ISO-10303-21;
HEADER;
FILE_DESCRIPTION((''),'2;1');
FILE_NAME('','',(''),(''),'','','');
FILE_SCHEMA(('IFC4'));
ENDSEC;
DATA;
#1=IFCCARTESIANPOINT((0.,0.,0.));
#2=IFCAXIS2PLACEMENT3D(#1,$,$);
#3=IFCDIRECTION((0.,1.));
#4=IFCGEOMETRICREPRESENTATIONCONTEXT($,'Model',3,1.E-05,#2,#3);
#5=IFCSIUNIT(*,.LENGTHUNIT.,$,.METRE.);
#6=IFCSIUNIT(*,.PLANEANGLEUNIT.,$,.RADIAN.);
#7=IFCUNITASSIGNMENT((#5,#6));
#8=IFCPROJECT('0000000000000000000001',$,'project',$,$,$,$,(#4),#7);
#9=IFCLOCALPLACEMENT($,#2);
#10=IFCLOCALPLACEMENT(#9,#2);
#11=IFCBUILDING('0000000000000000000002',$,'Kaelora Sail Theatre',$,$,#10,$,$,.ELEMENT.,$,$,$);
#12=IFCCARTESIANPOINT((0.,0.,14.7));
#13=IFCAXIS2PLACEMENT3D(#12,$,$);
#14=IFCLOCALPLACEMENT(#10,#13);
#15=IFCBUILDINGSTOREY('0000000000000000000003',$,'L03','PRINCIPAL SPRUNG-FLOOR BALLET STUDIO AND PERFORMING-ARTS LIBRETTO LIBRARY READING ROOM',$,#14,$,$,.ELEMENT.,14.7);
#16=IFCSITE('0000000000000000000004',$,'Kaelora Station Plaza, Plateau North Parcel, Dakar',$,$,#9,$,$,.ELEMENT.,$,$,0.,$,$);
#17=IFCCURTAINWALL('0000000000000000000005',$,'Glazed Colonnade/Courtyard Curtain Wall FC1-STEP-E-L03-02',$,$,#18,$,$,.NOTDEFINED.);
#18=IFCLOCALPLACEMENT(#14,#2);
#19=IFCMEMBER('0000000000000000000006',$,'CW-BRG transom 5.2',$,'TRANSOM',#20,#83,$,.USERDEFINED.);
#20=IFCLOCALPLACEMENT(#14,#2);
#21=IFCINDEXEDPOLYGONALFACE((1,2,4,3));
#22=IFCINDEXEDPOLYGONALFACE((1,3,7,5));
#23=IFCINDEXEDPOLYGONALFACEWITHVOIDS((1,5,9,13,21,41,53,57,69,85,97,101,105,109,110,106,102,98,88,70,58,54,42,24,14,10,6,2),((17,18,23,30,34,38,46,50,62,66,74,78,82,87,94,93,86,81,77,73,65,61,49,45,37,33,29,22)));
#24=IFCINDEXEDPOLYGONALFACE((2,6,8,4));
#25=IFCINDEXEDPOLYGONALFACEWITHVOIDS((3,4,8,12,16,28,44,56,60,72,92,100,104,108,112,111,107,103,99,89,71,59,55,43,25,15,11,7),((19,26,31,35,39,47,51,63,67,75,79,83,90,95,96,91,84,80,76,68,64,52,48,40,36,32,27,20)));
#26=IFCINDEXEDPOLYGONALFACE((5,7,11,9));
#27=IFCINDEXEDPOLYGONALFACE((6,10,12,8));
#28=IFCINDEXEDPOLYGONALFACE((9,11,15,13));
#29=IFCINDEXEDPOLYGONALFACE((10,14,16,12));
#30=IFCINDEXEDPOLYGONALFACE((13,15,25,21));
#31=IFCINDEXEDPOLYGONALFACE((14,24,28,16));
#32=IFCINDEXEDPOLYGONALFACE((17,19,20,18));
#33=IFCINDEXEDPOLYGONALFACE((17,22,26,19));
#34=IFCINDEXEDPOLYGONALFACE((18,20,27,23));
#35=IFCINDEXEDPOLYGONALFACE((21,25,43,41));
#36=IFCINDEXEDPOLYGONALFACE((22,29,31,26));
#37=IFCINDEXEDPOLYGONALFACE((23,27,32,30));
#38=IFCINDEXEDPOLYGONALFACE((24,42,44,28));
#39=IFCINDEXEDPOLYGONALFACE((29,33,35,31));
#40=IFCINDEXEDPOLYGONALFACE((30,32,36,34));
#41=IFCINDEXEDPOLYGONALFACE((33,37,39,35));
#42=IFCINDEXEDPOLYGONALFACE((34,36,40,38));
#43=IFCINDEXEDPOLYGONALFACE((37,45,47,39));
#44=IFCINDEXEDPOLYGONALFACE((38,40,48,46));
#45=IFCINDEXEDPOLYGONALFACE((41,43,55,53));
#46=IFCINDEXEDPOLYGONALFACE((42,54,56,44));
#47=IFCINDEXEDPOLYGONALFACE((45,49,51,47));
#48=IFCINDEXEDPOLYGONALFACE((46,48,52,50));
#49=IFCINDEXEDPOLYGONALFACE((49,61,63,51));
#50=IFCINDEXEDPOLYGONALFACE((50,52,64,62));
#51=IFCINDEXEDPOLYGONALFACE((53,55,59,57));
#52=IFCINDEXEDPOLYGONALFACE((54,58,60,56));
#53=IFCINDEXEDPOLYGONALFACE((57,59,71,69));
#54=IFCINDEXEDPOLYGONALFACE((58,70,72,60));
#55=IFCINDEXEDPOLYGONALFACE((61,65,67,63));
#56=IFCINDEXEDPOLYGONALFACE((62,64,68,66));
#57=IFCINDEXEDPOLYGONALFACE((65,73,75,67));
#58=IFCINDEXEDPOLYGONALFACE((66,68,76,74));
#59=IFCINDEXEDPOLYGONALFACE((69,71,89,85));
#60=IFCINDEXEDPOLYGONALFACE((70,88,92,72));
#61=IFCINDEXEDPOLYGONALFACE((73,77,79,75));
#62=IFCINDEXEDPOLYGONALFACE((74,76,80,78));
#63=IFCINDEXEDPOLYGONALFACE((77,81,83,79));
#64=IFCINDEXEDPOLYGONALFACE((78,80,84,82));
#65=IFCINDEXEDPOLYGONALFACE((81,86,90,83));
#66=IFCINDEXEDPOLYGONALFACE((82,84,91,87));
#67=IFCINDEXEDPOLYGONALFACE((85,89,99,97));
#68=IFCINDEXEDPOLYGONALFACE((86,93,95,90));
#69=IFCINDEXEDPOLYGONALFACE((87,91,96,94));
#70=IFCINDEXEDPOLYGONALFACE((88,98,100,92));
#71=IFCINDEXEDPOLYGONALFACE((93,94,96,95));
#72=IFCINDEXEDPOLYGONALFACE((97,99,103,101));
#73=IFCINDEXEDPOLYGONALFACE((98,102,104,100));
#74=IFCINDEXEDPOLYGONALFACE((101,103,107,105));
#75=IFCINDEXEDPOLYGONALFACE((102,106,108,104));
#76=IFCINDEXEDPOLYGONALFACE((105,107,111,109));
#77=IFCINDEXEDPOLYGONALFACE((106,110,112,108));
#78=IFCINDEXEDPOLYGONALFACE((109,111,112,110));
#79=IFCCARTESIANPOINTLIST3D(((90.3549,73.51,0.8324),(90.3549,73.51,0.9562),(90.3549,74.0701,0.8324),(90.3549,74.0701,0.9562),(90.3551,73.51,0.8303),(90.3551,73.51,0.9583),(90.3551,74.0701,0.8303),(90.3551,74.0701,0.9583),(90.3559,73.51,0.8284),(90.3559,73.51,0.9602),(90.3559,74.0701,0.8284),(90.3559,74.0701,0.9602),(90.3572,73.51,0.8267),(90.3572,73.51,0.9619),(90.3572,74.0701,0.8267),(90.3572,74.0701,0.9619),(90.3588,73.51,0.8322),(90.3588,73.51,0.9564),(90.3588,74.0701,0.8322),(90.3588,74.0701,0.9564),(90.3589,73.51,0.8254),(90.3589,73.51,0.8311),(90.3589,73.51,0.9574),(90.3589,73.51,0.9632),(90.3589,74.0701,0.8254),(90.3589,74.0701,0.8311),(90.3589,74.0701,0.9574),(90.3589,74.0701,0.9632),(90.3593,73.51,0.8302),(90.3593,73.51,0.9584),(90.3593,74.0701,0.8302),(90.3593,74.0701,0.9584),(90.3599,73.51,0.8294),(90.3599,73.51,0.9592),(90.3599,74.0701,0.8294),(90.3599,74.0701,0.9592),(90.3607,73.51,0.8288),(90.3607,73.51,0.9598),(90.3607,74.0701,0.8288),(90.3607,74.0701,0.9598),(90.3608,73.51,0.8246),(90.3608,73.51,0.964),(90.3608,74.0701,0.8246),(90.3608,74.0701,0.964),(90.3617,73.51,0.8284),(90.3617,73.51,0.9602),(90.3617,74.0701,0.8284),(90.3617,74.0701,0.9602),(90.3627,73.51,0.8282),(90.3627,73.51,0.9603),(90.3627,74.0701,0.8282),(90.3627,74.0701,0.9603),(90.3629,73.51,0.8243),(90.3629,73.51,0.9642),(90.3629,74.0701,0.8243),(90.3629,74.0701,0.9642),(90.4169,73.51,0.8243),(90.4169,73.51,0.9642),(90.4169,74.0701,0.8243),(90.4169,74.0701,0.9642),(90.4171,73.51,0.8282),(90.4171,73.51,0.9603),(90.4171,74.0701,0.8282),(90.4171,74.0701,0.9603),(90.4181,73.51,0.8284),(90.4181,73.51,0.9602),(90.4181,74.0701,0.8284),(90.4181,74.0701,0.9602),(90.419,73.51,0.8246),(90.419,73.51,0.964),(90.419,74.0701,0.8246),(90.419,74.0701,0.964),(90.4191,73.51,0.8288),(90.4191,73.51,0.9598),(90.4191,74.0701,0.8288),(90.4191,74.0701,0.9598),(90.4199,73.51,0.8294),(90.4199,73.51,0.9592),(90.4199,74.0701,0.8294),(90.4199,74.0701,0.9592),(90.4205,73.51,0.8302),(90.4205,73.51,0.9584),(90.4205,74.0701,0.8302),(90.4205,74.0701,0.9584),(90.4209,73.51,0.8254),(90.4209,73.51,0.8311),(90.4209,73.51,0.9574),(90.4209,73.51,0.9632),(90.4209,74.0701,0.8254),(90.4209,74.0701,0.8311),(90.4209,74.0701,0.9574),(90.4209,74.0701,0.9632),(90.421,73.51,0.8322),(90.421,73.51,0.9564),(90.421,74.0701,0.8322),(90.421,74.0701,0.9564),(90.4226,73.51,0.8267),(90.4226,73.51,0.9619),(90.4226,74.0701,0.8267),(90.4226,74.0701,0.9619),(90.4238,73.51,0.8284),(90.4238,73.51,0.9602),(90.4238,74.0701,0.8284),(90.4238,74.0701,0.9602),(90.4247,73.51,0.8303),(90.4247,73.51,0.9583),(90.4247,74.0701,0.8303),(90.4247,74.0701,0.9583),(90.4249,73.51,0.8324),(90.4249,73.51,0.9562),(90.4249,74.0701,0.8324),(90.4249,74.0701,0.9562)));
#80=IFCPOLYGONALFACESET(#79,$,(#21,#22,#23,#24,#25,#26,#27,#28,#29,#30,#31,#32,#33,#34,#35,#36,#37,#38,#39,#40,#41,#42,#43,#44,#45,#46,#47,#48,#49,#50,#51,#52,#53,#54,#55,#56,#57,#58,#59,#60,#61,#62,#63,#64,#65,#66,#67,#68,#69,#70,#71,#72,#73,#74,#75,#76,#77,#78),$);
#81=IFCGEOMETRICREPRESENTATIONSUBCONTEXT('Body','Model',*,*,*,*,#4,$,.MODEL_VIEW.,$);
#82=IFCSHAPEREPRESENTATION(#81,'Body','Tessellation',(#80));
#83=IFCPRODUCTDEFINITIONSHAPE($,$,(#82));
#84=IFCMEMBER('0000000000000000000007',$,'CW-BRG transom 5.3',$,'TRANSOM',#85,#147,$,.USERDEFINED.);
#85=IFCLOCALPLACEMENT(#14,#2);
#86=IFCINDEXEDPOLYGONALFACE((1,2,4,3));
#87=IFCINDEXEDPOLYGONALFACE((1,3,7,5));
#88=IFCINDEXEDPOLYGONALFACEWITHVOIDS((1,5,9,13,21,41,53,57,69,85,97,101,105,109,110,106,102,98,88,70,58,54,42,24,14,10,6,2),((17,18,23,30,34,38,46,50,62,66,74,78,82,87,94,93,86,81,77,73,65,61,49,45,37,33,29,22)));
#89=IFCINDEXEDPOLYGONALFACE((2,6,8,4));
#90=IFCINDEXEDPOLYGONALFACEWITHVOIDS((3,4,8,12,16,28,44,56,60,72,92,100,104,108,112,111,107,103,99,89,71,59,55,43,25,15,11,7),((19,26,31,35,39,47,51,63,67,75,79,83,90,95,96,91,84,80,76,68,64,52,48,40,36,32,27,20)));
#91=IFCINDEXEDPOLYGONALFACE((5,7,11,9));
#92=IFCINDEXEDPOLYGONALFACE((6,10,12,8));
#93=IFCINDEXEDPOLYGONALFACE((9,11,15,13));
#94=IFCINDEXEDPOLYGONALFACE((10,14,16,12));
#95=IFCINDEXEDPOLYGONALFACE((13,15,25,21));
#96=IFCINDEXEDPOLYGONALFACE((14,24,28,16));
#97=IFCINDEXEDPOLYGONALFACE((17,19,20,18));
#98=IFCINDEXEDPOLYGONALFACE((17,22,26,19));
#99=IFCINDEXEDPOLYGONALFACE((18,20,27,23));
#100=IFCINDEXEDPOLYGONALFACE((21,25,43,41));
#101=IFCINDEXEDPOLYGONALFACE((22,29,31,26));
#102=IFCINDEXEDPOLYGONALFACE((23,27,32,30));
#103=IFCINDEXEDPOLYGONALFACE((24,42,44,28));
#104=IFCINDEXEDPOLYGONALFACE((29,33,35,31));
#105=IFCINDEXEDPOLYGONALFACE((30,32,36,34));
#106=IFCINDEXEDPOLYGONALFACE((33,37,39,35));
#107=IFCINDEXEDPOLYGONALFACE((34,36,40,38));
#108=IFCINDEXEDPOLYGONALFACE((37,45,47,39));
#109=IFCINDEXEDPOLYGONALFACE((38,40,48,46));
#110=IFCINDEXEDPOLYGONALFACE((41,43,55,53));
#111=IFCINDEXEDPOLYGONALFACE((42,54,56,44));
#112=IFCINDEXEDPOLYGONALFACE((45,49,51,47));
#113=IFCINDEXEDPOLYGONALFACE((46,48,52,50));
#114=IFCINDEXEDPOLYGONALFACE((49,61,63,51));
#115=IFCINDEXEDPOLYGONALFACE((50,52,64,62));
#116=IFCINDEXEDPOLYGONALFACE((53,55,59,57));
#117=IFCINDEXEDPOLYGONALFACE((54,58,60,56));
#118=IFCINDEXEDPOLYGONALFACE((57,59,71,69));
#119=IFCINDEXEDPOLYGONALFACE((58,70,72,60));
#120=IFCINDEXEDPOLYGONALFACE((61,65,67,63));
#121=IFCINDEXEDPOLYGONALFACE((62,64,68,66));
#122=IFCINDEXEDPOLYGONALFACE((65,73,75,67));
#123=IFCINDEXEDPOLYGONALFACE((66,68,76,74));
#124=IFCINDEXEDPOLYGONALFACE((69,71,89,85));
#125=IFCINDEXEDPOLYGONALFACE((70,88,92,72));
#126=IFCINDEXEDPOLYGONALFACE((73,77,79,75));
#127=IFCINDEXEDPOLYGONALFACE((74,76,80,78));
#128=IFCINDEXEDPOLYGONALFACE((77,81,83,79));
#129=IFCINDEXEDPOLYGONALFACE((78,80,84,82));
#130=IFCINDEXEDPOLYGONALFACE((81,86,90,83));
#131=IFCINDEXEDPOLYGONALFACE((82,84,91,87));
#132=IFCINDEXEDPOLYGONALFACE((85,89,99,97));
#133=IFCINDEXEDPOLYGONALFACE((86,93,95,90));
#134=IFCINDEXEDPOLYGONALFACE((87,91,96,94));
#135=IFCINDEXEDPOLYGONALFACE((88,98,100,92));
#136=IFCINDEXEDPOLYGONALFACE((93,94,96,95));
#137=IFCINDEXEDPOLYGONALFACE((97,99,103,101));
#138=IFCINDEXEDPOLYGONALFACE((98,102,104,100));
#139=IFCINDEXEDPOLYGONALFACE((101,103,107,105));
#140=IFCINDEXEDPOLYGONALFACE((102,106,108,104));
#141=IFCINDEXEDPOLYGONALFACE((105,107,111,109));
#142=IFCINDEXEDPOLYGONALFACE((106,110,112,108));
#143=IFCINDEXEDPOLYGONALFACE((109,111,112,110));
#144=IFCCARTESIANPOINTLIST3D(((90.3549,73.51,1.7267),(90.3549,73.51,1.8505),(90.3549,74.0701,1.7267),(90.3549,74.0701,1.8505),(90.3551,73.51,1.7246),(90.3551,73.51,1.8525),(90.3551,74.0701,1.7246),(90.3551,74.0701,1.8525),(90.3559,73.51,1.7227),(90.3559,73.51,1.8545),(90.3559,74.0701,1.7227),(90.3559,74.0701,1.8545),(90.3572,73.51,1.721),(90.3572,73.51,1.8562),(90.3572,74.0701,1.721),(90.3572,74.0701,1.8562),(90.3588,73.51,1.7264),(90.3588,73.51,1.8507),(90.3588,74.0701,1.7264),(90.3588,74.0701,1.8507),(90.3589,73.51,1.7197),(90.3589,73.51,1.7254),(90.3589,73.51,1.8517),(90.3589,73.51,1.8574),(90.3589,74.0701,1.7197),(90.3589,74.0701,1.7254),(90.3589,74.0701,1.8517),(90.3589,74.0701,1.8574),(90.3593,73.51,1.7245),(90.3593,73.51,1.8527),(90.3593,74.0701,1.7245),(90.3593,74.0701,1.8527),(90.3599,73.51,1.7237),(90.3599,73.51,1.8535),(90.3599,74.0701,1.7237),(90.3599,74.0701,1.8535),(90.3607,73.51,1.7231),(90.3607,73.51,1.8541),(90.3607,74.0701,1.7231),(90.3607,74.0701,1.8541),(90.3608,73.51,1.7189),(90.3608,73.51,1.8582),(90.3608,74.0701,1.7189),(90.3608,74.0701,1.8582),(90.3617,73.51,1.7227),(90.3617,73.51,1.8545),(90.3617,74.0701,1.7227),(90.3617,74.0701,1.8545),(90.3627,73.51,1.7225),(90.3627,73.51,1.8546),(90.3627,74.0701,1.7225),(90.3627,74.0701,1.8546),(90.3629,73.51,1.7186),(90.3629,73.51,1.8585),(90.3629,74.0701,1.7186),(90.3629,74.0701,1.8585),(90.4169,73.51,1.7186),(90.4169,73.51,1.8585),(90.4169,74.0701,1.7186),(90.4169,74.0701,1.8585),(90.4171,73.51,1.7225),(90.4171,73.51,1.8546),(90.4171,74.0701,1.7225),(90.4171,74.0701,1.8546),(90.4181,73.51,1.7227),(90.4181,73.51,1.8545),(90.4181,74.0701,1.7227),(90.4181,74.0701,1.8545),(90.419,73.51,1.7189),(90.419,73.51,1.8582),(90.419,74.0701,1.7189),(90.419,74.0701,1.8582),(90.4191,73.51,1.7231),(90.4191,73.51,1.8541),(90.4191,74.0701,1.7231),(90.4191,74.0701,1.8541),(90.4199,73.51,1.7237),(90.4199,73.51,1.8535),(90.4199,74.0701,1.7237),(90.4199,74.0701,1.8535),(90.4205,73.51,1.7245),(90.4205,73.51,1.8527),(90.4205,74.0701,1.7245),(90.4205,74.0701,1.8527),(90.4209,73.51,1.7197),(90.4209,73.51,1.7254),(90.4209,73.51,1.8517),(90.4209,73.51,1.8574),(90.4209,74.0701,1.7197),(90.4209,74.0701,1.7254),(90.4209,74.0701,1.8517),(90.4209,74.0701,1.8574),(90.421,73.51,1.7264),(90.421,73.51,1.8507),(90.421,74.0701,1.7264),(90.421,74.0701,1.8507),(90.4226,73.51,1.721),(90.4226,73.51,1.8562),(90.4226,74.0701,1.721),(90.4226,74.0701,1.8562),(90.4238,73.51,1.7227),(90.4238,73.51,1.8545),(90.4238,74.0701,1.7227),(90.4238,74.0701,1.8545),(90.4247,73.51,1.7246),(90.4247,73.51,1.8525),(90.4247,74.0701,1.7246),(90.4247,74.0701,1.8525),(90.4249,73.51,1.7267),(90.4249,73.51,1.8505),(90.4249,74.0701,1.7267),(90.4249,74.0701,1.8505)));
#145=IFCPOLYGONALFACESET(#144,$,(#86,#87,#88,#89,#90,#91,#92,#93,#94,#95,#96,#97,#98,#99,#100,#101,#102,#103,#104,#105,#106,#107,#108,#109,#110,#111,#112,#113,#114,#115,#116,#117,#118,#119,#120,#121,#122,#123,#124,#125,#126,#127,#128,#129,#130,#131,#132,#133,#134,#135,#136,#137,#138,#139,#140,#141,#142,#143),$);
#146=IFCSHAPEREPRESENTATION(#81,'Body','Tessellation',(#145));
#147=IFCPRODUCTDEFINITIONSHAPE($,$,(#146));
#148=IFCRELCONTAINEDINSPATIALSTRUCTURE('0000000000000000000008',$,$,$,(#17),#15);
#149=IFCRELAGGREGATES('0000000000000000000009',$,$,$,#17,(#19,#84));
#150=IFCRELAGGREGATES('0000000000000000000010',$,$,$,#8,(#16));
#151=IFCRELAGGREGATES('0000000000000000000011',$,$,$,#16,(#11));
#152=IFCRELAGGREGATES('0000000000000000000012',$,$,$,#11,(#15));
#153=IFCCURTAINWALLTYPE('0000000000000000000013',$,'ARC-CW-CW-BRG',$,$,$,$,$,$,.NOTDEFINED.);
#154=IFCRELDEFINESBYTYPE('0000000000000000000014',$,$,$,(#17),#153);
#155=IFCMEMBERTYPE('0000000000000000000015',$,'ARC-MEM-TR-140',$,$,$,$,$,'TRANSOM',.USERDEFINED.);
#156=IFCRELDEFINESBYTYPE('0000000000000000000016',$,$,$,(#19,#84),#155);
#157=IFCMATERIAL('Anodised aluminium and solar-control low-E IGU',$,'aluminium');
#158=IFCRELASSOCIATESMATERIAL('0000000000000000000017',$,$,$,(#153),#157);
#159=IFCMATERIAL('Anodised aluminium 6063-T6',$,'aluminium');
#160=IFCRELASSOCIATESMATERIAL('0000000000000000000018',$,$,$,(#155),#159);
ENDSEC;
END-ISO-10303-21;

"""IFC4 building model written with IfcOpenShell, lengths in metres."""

from ifc_helpers import new_model, si_unit, direction, frame, origin, origin_2d, place, context, subcontext, project, spatial, hollow_rectangle, extrude, material, material_profile, profile_set, type_object, element, aggregate, save


model = new_model("IFC4")

# Units and contexts
model_context = context("Model", 3, precision=1e-05, world=origin(), true_north=direction((0.0, 1.0)))
body_context = subcontext(model_context, "Body", "Model", "MODEL_VIEW")
ifc_project = project(units=[si_unit("LENGTHUNIT", "METRE"), si_unit("PLANEANGLEUNIT", "RADIAN")], contexts=[model_context])

# Site, building, storey
site_placement = place(None, origin())
site = spatial("IfcSite", under=ifc_project, at=site_placement, Name="Kaelora Station Plaza, Plateau North Parcel, Dakar", CompositionType="ELEMENT", RefElevation=0.0)
building_placement = place(site_placement, origin())
building = spatial("IfcBuilding", under=site, at=building_placement, Name="Kaelora Sail Theatre", CompositionType="ELEMENT")
storey_placement = place(building_placement, frame((0.0, 0.0, 14.7)))
storey = spatial("IfcBuildingStorey", under=building, at=storey_placement, Name="L03", Description="PRINCIPAL SPRUNG-FLOOR BALLET STUDIO AND PERFORMING-ARTS LIBRETTO LIBRARY READING ROOM", CompositionType="ELEMENT", Elevation=14.7)

# Curtain wall, members
ifc_material_1 = material(Name="Anodised aluminium and solar-control low-E IGU", Category="aluminium")
curtain_wall_type = type_object("IfcCurtainWallType", Name="ARC-CW-CW-BRG", PredefinedType="NOTDEFINED", material=ifc_material_1)
curtain_wall_placement = place(storey_placement, origin())
curtain_wall = element("IfcCurtainWall", 1, at=curtain_wall_placement, inside=storey, type_object=curtain_wall_type, Name="Glazed Colonnade/Courtyard Curtain Wall FC1-STEP-E-L03-02", PredefinedType="NOTDEFINED")
ifc_material_2 = material(Name="Anodised aluminium 6063-T6", Category="aluminium")
ifc_material_profile_1 = material_profile(ifc_material_2, hollow_rectangle(XDim=0.0701, YDim=0.1399, WallThickness=0.0039, InnerFilletRadius=0.0039, OuterFilletRadius=0.0081, at=origin_2d()), Name="ALU-TRAN 70x140x4")
ifc_profile_set_1 = profile_set([ifc_material_profile_1], Name="Anodised aluminium 6063-T6")
member_type_1 = type_object("IfcMemberType", Name="ARC-MEM-TR-140", ElementType="TRANSOM", PredefinedType="USERDEFINED", material=ifc_profile_set_1)
member_1_placement = place(storey_placement, frame((90.3899, 73.51, 0.8943), z_axis=(0.0, 1.0, 0.0), x_axis=(-1.0, 0.0, 0.0)))
member_1 = element("IfcMember", 2, at=member_1_placement, type_object=member_type_1, Name="CW-BRG transom 5.2", ObjectType="TRANSOM", PredefinedType="USERDEFINED", context=body_context, shape_type="SweptSolid", body=[
    extrude(hollow_rectangle(XDim=0.0701, YDim=0.1399, WallThickness=0.0039, InnerFilletRadius=0.0039, OuterFilletRadius=0.0081, at=origin_2d()), origin(), (0.0, 0.0, 1.0), 0.5601),
])
member_2_placement = place(storey_placement, frame((90.3899, 73.51, 1.7886), z_axis=(0.0, 1.0, 0.0), x_axis=(-1.0, 0.0, 0.0)))
member_2 = element("IfcMember", 3, at=member_2_placement, type_object=member_type_1, Name="CW-BRG transom 5.3", ObjectType="TRANSOM", PredefinedType="USERDEFINED", context=body_context, shape_type="SweptSolid", body=[
    extrude(hollow_rectangle(XDim=0.0701, YDim=0.1399, WallThickness=0.0039, InnerFilletRadius=0.0039, OuterFilletRadius=0.0081, at=origin_2d()), origin(), (0.0, 0.0, 1.0), 0.5601),
])
aggregate(curtain_wall, [member_1, member_2])

save(model, "model.ifc")
